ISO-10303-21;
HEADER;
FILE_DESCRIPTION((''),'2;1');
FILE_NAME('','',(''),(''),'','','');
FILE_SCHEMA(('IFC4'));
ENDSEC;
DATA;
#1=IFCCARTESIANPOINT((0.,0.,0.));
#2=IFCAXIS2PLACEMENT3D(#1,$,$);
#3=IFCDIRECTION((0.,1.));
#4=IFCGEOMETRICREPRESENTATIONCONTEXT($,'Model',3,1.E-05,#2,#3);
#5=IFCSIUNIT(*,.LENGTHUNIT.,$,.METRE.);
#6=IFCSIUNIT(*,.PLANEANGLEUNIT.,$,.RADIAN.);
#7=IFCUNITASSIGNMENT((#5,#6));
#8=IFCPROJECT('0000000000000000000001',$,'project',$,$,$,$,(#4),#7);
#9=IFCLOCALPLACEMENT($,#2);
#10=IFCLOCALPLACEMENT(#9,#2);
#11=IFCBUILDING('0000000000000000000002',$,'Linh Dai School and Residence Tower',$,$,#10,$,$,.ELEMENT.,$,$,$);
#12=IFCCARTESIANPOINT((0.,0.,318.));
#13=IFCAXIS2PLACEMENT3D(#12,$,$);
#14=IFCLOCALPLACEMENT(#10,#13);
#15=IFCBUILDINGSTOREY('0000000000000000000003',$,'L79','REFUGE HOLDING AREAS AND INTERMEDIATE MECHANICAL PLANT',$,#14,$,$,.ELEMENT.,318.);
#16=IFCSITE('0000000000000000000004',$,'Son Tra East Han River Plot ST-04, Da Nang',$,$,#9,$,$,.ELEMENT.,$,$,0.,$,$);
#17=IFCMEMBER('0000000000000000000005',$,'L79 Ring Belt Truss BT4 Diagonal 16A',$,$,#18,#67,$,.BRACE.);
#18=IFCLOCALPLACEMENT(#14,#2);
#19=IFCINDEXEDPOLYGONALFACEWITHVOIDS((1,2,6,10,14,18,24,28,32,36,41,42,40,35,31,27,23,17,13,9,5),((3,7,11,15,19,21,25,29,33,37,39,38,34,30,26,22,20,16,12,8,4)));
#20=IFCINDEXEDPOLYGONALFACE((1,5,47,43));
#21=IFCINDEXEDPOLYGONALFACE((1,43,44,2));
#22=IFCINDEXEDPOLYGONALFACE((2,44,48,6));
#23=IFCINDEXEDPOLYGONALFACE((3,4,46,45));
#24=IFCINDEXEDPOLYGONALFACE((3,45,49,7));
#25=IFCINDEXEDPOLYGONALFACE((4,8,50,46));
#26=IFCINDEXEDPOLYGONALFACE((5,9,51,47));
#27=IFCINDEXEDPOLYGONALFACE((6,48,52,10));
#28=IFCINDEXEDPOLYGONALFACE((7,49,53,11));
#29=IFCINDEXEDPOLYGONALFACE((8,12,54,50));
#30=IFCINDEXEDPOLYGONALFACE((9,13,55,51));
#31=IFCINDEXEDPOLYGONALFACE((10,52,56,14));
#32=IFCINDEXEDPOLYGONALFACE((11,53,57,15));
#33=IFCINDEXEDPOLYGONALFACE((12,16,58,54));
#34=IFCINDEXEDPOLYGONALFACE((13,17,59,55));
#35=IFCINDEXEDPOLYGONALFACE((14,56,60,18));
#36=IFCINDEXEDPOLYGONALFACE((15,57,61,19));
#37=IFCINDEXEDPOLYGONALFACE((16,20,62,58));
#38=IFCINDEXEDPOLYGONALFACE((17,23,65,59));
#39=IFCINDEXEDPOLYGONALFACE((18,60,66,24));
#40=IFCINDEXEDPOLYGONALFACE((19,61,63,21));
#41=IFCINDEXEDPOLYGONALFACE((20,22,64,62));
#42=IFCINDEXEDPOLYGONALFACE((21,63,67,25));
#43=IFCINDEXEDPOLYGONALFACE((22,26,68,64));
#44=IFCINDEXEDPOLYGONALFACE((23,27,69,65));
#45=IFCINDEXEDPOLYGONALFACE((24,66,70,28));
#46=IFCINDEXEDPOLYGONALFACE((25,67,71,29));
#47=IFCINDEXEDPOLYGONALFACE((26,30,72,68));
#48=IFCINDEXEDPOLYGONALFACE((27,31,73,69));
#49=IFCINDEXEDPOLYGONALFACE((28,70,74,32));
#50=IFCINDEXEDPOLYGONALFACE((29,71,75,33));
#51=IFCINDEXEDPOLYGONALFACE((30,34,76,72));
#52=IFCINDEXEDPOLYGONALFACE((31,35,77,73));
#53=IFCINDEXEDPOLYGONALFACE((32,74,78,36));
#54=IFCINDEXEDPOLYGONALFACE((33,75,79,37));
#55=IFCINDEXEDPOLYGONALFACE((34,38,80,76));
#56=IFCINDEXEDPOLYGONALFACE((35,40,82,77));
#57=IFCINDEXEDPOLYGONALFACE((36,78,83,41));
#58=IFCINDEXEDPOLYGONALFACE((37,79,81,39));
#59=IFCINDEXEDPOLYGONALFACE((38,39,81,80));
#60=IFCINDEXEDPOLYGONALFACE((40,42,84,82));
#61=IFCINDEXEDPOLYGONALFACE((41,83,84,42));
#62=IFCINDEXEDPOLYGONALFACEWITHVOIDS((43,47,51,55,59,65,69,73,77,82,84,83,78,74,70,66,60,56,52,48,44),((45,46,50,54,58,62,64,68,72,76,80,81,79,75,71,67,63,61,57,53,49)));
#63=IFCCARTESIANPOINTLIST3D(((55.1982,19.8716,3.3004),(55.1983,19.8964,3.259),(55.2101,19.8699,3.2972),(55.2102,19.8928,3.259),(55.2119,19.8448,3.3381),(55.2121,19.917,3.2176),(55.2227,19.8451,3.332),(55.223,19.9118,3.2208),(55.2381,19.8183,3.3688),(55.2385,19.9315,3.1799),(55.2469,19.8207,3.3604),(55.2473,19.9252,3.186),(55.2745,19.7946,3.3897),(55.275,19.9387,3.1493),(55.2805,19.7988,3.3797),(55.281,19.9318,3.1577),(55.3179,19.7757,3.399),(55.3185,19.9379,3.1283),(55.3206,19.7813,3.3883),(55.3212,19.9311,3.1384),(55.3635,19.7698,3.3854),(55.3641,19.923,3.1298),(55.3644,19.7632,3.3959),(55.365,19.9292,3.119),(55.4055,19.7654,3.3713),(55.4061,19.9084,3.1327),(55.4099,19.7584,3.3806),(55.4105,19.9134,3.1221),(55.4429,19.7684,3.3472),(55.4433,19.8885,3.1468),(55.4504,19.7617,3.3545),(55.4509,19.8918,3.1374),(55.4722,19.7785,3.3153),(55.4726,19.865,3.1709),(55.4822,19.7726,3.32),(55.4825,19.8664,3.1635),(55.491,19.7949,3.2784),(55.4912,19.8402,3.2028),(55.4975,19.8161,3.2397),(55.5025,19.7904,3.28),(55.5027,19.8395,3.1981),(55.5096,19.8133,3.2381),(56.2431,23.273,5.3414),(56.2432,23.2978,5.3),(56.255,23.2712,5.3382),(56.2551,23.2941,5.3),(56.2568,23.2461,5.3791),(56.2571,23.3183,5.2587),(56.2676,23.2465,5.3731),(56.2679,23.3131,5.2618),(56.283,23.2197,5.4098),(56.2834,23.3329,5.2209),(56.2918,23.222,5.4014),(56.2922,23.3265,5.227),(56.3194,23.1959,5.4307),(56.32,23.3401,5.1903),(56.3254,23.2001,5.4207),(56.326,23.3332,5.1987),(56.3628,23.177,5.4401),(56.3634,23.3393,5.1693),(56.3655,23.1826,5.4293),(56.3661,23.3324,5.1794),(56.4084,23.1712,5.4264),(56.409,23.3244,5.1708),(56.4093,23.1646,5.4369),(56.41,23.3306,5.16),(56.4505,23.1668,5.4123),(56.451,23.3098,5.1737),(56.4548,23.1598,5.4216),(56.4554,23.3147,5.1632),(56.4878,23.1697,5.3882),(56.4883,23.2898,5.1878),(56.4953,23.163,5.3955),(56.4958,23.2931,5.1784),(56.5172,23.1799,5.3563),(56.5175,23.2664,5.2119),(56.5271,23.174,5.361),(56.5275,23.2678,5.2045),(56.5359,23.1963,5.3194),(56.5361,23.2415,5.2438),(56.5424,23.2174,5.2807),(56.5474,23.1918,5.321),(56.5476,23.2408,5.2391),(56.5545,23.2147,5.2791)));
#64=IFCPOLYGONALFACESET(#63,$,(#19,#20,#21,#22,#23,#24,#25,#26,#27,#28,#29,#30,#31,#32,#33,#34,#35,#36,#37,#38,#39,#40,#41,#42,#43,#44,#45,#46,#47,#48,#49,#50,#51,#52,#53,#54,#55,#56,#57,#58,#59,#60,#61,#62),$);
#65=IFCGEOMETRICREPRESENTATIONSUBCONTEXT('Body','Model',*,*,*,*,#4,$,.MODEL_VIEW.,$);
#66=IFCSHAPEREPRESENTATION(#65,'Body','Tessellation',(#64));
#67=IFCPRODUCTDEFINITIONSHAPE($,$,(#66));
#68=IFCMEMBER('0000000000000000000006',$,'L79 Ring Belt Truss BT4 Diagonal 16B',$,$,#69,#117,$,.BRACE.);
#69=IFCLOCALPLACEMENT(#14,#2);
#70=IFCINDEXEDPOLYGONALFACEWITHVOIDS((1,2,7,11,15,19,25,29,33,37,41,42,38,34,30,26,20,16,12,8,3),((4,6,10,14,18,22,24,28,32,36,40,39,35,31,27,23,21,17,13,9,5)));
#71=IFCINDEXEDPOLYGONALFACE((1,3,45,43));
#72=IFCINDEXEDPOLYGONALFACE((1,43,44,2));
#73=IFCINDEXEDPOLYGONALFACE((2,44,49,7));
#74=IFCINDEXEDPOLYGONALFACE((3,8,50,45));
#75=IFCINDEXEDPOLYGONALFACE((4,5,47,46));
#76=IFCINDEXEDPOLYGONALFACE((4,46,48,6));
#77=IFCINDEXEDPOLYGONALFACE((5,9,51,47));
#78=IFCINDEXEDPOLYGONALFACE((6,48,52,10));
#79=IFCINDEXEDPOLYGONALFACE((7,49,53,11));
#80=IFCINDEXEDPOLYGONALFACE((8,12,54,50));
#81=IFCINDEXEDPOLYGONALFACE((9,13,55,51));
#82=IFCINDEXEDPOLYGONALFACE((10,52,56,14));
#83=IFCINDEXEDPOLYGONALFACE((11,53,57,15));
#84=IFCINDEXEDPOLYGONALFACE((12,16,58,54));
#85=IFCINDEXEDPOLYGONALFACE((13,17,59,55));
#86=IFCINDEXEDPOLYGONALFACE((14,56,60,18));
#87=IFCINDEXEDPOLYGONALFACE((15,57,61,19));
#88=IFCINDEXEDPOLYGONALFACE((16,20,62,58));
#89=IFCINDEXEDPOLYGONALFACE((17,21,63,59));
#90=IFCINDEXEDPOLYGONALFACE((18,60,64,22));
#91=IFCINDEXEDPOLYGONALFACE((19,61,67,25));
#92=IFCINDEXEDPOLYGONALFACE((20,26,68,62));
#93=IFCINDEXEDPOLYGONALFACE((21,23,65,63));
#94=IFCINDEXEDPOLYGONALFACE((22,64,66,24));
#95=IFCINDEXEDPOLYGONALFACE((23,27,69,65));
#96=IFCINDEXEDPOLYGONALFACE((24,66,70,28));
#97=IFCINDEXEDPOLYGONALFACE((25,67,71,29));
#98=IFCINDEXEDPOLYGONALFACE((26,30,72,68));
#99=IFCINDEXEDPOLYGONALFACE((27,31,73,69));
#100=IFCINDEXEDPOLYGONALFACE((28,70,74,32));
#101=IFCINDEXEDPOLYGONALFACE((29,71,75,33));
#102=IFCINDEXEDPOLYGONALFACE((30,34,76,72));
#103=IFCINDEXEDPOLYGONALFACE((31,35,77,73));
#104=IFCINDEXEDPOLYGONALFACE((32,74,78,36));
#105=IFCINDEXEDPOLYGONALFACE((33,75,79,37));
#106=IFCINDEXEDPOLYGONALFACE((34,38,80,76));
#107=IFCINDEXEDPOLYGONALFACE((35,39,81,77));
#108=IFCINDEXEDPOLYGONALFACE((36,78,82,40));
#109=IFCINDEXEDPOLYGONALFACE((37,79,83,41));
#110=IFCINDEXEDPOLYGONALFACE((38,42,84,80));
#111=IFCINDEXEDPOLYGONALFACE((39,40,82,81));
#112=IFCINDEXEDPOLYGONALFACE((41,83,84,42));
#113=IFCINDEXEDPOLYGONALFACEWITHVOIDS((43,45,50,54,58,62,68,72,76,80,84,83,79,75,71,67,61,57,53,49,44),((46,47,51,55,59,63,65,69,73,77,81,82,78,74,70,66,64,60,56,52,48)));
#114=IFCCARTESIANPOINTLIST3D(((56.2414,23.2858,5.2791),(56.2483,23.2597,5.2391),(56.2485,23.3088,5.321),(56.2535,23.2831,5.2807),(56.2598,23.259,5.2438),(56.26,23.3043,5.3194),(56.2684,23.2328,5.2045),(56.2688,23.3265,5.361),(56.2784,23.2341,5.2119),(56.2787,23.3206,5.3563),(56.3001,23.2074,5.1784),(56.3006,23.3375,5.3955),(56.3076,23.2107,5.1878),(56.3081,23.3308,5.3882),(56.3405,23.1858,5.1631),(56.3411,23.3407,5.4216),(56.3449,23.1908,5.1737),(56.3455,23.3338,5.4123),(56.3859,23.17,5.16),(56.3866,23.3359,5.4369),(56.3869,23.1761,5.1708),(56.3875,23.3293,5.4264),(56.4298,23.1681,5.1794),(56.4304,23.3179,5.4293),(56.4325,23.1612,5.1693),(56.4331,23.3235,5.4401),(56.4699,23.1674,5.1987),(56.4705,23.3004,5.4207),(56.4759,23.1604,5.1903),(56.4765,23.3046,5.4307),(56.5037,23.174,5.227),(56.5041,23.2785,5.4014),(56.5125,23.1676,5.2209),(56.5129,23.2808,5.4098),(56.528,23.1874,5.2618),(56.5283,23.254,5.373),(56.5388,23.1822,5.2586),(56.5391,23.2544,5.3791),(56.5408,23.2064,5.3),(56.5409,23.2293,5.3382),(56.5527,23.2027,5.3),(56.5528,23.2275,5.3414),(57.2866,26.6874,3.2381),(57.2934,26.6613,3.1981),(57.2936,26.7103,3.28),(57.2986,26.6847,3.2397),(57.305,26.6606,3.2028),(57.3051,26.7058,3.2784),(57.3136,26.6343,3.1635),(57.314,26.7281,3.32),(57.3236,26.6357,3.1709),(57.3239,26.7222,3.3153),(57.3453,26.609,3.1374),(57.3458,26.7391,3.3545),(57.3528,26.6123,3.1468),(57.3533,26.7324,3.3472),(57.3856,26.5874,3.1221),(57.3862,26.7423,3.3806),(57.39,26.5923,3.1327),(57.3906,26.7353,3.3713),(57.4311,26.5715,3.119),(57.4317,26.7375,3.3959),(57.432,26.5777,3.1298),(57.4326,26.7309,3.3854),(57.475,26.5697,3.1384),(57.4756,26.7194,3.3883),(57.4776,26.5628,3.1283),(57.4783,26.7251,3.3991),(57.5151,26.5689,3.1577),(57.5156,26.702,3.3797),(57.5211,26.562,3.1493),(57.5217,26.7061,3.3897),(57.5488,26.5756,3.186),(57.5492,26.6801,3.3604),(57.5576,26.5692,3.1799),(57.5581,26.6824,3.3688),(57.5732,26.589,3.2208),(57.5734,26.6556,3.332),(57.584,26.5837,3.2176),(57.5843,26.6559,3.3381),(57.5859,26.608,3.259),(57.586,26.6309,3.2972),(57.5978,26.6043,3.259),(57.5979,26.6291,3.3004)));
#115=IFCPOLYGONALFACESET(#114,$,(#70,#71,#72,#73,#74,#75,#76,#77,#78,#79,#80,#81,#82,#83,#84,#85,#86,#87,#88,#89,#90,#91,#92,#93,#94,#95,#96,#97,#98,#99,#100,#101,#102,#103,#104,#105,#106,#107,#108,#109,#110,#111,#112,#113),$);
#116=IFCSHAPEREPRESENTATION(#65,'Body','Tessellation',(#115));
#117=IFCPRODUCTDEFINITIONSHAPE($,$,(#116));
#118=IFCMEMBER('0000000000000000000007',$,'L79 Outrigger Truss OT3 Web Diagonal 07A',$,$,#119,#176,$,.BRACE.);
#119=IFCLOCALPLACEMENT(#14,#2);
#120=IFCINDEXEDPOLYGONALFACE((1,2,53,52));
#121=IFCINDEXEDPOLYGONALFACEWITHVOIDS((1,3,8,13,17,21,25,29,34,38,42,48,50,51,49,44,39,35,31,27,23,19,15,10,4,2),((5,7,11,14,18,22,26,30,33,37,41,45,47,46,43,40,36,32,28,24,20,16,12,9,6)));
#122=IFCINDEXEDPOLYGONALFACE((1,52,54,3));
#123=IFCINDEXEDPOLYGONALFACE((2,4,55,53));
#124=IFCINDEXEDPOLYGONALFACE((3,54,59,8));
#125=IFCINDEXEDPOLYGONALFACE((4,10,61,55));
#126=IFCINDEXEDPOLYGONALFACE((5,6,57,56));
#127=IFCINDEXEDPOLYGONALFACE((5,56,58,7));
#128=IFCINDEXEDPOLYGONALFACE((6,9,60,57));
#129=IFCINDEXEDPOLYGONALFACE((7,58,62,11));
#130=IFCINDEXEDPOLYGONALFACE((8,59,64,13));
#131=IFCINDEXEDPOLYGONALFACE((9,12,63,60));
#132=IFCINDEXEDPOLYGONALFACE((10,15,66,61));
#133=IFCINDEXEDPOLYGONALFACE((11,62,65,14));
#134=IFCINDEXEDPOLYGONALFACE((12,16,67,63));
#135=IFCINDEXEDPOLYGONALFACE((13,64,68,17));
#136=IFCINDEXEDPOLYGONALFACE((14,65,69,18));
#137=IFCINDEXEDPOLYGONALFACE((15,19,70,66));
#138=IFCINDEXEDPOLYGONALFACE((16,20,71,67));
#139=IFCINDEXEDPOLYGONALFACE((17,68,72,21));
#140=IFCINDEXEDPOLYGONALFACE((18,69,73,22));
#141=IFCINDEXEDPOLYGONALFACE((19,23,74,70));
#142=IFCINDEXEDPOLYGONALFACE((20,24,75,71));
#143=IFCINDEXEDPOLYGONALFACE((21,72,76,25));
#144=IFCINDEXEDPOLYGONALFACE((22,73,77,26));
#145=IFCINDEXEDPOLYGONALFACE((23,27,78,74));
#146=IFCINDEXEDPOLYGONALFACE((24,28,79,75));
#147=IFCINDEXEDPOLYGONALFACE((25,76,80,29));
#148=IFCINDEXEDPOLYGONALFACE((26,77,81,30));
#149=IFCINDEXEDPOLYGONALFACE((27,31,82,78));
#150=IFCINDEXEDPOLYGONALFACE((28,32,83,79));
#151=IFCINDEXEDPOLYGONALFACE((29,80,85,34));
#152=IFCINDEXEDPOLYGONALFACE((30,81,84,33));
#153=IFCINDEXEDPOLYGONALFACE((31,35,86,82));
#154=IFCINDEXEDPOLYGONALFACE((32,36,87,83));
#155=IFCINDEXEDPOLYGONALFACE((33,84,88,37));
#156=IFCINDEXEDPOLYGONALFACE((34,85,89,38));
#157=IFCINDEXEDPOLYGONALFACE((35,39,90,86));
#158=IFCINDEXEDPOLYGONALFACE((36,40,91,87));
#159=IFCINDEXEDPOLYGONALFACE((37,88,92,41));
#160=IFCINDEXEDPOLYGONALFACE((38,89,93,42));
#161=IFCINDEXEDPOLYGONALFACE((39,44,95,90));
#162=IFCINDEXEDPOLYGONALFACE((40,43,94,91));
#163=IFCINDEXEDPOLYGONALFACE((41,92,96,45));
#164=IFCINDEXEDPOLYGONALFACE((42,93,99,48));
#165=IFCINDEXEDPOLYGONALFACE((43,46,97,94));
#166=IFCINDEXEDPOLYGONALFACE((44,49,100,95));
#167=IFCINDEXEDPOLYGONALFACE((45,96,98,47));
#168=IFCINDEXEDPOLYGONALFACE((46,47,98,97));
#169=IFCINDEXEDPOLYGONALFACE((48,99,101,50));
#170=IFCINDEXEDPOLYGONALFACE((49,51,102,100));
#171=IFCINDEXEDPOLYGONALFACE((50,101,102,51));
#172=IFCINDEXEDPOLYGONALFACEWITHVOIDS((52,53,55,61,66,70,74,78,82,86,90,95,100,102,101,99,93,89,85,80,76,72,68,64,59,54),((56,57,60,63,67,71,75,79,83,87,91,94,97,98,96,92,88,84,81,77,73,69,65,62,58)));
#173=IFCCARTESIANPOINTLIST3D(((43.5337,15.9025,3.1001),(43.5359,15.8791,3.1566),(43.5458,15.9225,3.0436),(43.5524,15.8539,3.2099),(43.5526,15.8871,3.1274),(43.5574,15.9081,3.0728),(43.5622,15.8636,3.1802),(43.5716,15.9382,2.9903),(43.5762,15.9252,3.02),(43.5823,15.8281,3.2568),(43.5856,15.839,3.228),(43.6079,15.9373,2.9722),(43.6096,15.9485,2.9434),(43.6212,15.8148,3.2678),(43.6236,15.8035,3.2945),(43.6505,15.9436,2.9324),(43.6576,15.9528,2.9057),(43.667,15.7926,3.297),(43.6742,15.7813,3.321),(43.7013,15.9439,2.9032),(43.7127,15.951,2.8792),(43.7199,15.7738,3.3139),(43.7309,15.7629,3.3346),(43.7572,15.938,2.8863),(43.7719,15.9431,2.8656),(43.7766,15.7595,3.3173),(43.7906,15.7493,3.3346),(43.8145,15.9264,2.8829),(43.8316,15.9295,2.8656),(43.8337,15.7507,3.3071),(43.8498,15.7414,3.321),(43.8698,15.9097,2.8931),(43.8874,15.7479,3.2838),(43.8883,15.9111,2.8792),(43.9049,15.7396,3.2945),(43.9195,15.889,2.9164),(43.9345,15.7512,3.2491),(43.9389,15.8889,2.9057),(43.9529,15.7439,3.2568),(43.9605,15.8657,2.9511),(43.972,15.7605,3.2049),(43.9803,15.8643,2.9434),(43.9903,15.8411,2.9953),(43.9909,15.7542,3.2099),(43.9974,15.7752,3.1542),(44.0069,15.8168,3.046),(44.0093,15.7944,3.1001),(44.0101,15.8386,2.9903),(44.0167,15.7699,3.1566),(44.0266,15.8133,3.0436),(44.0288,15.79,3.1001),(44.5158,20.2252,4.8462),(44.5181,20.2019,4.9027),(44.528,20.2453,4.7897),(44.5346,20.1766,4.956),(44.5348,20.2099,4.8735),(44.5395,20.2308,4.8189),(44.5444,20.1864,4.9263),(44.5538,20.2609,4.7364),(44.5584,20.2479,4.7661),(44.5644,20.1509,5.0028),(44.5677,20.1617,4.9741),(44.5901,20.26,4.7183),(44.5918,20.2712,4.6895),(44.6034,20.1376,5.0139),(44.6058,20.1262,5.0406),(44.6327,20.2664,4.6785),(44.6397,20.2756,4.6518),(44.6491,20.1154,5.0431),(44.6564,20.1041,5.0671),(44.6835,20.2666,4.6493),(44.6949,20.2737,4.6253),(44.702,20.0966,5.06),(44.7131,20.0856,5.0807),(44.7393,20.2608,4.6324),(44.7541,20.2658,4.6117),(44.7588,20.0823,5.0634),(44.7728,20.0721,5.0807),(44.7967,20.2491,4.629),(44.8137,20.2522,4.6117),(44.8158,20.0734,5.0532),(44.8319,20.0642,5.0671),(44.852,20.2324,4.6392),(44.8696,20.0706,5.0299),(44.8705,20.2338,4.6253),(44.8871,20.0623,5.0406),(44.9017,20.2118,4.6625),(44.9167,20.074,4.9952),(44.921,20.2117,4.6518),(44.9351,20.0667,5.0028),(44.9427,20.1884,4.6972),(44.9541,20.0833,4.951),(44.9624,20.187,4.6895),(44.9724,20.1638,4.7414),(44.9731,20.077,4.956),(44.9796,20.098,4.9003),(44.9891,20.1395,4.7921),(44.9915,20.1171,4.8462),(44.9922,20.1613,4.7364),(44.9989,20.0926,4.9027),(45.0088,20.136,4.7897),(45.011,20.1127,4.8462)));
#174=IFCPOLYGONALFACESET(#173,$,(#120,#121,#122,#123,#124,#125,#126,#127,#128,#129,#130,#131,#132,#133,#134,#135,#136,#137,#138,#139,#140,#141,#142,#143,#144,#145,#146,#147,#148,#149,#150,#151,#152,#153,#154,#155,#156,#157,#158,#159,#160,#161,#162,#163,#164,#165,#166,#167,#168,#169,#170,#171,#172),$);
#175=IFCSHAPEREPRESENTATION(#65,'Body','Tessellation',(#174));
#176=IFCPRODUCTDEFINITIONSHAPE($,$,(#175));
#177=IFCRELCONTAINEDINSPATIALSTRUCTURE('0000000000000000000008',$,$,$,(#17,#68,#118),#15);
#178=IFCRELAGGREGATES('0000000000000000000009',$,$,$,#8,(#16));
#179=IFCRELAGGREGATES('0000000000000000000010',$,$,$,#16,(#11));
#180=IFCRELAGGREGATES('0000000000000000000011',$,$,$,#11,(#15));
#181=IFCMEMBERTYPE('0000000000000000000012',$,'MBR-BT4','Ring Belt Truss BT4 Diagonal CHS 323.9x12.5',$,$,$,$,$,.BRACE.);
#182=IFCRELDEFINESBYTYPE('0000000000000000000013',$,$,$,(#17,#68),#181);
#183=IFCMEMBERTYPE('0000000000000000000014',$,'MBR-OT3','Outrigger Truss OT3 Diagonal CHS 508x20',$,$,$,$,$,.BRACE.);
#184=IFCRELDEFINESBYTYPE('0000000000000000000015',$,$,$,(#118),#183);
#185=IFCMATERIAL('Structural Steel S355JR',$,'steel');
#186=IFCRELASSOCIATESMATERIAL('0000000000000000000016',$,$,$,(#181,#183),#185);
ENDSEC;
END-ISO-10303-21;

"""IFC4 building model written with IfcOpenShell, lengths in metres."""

from ifc_helpers import new_model, si_unit, direction, frame, origin, origin_2d, place, context, subcontext, project, spatial, hollow_circle, extrude, material, material_profile, profile_set, type_object, element, save


model = new_model("IFC4")

# Units and contexts
model_context = context("Model", 3, precision=1e-05, world=origin(), true_north=direction((0.0, 1.0)))
body_context = subcontext(model_context, "Body", "Model", "MODEL_VIEW")
ifc_project = project(units=[si_unit("LENGTHUNIT", "METRE"), si_unit("PLANEANGLEUNIT", "RADIAN")], contexts=[model_context])

# Site, building, storey
site_placement = place(None, origin())
site = spatial("IfcSite", under=ifc_project, at=site_placement, Name="Son Tra East Han River Plot ST-04, Da Nang", CompositionType="ELEMENT", RefElevation=0.0)
building_placement = place(site_placement, origin())
building = spatial("IfcBuilding", under=site, at=building_placement, Name="Linh Dai School and Residence Tower", CompositionType="ELEMENT")
storey_placement = place(building_placement, frame((0.0, 0.0, 318.0)))
storey = spatial("IfcBuildingStorey", under=building, at=storey_placement, Name="L79", Description="REFUGE HOLDING AREAS AND INTERMEDIATE MECHANICAL PLANT", CompositionType="ELEMENT", Elevation=318.0)

# Shared definitions
ifc_material_1 = material(Name="Structural Steel S355JR", Category="steel")

# Members
ifc_material_profile_1 = material_profile(ifc_material_1, hollow_circle(Radius=0.1619, WallThickness=0.0125, at=origin_2d()), Name="CHS 323.9x12.5")
ifc_profile_set_1 = profile_set([ifc_material_profile_1], Name="Structural Steel S355JR")
member_type_1 = type_object("IfcMemberType", Name="MBR-BT4", Description="Ring Belt Truss BT4 Diagonal CHS 323.9x12.5", PredefinedType="BRACE", material=ifc_profile_set_1)
member_1_placement = place(storey_placement, frame((55.353, 19.8489, 3.259), z_axis=(0.254731, 0.829185, 0.497559), x_axis=(-0.955909, 0.293662, 0.0)))
element("IfcMember", 1, at=member_1_placement, inside=storey, type_object=member_type_1, Name="L79 Ring Belt Truss BT4 Diagonal 16A", PredefinedType="BRACE", context=body_context, shape_type="SweptSolid", body=[
    extrude(hollow_circle(Radius=0.1619, WallThickness=0.0125, at=origin_2d()), origin(), (0.0, 0.0, 1.0), 4.1021),
])
member_2_placement = place(storey_placement, frame((57.4431, 26.6519, 3.259), z_axis=(-0.254774, -0.829191, 0.497526), x_axis=(0.955896, -0.293705, 0.0)))
element("IfcMember", 2, at=member_2_placement, inside=storey, type_object=member_type_1, Name="L79 Ring Belt Truss BT4 Diagonal 16B", PredefinedType="BRACE", context=body_context, shape_type="SweptSolid", body=[
    extrude(hollow_circle(Radius=0.1619, WallThickness=0.0125, at=origin_2d()), origin(), (0.0, 0.0, 1.0), 4.1023),
])
ifc_material_profile_2 = material_profile(ifc_material_1, hollow_circle(Radius=0.2539, WallThickness=0.02, at=origin_2d()), Name="CHS 508x20")
ifc_profile_set_2 = profile_set([ifc_material_profile_2], Name="Structural Steel S355JR")
member_type_2 = type_object("IfcMemberType", Name="MBR-OT3", Description="Outrigger Truss OT3 Diagonal CHS 508x20", PredefinedType="BRACE", material=ifc_profile_set_2)
member_3_placement = place(storey_placement, frame((44.7634, 20.1689, 4.8462), z_axis=(-0.206148, -0.907299, -0.366486), x_axis=(0.975146, -0.221564, 0.0)))
element("IfcMember", 3, at=member_3_placement, inside=storey, type_object=member_type_2, Name="L79 Outrigger Truss OT3 Web Diagonal 07A", PredefinedType="BRACE", context=body_context, shape_type="SweptSolid", body=[
    extrude(hollow_circle(Radius=0.2539, WallThickness=0.02, at=origin_2d()), origin(), (0.0, 0.0, 1.0), 4.7644),
])

save(model, "model.ifc")
